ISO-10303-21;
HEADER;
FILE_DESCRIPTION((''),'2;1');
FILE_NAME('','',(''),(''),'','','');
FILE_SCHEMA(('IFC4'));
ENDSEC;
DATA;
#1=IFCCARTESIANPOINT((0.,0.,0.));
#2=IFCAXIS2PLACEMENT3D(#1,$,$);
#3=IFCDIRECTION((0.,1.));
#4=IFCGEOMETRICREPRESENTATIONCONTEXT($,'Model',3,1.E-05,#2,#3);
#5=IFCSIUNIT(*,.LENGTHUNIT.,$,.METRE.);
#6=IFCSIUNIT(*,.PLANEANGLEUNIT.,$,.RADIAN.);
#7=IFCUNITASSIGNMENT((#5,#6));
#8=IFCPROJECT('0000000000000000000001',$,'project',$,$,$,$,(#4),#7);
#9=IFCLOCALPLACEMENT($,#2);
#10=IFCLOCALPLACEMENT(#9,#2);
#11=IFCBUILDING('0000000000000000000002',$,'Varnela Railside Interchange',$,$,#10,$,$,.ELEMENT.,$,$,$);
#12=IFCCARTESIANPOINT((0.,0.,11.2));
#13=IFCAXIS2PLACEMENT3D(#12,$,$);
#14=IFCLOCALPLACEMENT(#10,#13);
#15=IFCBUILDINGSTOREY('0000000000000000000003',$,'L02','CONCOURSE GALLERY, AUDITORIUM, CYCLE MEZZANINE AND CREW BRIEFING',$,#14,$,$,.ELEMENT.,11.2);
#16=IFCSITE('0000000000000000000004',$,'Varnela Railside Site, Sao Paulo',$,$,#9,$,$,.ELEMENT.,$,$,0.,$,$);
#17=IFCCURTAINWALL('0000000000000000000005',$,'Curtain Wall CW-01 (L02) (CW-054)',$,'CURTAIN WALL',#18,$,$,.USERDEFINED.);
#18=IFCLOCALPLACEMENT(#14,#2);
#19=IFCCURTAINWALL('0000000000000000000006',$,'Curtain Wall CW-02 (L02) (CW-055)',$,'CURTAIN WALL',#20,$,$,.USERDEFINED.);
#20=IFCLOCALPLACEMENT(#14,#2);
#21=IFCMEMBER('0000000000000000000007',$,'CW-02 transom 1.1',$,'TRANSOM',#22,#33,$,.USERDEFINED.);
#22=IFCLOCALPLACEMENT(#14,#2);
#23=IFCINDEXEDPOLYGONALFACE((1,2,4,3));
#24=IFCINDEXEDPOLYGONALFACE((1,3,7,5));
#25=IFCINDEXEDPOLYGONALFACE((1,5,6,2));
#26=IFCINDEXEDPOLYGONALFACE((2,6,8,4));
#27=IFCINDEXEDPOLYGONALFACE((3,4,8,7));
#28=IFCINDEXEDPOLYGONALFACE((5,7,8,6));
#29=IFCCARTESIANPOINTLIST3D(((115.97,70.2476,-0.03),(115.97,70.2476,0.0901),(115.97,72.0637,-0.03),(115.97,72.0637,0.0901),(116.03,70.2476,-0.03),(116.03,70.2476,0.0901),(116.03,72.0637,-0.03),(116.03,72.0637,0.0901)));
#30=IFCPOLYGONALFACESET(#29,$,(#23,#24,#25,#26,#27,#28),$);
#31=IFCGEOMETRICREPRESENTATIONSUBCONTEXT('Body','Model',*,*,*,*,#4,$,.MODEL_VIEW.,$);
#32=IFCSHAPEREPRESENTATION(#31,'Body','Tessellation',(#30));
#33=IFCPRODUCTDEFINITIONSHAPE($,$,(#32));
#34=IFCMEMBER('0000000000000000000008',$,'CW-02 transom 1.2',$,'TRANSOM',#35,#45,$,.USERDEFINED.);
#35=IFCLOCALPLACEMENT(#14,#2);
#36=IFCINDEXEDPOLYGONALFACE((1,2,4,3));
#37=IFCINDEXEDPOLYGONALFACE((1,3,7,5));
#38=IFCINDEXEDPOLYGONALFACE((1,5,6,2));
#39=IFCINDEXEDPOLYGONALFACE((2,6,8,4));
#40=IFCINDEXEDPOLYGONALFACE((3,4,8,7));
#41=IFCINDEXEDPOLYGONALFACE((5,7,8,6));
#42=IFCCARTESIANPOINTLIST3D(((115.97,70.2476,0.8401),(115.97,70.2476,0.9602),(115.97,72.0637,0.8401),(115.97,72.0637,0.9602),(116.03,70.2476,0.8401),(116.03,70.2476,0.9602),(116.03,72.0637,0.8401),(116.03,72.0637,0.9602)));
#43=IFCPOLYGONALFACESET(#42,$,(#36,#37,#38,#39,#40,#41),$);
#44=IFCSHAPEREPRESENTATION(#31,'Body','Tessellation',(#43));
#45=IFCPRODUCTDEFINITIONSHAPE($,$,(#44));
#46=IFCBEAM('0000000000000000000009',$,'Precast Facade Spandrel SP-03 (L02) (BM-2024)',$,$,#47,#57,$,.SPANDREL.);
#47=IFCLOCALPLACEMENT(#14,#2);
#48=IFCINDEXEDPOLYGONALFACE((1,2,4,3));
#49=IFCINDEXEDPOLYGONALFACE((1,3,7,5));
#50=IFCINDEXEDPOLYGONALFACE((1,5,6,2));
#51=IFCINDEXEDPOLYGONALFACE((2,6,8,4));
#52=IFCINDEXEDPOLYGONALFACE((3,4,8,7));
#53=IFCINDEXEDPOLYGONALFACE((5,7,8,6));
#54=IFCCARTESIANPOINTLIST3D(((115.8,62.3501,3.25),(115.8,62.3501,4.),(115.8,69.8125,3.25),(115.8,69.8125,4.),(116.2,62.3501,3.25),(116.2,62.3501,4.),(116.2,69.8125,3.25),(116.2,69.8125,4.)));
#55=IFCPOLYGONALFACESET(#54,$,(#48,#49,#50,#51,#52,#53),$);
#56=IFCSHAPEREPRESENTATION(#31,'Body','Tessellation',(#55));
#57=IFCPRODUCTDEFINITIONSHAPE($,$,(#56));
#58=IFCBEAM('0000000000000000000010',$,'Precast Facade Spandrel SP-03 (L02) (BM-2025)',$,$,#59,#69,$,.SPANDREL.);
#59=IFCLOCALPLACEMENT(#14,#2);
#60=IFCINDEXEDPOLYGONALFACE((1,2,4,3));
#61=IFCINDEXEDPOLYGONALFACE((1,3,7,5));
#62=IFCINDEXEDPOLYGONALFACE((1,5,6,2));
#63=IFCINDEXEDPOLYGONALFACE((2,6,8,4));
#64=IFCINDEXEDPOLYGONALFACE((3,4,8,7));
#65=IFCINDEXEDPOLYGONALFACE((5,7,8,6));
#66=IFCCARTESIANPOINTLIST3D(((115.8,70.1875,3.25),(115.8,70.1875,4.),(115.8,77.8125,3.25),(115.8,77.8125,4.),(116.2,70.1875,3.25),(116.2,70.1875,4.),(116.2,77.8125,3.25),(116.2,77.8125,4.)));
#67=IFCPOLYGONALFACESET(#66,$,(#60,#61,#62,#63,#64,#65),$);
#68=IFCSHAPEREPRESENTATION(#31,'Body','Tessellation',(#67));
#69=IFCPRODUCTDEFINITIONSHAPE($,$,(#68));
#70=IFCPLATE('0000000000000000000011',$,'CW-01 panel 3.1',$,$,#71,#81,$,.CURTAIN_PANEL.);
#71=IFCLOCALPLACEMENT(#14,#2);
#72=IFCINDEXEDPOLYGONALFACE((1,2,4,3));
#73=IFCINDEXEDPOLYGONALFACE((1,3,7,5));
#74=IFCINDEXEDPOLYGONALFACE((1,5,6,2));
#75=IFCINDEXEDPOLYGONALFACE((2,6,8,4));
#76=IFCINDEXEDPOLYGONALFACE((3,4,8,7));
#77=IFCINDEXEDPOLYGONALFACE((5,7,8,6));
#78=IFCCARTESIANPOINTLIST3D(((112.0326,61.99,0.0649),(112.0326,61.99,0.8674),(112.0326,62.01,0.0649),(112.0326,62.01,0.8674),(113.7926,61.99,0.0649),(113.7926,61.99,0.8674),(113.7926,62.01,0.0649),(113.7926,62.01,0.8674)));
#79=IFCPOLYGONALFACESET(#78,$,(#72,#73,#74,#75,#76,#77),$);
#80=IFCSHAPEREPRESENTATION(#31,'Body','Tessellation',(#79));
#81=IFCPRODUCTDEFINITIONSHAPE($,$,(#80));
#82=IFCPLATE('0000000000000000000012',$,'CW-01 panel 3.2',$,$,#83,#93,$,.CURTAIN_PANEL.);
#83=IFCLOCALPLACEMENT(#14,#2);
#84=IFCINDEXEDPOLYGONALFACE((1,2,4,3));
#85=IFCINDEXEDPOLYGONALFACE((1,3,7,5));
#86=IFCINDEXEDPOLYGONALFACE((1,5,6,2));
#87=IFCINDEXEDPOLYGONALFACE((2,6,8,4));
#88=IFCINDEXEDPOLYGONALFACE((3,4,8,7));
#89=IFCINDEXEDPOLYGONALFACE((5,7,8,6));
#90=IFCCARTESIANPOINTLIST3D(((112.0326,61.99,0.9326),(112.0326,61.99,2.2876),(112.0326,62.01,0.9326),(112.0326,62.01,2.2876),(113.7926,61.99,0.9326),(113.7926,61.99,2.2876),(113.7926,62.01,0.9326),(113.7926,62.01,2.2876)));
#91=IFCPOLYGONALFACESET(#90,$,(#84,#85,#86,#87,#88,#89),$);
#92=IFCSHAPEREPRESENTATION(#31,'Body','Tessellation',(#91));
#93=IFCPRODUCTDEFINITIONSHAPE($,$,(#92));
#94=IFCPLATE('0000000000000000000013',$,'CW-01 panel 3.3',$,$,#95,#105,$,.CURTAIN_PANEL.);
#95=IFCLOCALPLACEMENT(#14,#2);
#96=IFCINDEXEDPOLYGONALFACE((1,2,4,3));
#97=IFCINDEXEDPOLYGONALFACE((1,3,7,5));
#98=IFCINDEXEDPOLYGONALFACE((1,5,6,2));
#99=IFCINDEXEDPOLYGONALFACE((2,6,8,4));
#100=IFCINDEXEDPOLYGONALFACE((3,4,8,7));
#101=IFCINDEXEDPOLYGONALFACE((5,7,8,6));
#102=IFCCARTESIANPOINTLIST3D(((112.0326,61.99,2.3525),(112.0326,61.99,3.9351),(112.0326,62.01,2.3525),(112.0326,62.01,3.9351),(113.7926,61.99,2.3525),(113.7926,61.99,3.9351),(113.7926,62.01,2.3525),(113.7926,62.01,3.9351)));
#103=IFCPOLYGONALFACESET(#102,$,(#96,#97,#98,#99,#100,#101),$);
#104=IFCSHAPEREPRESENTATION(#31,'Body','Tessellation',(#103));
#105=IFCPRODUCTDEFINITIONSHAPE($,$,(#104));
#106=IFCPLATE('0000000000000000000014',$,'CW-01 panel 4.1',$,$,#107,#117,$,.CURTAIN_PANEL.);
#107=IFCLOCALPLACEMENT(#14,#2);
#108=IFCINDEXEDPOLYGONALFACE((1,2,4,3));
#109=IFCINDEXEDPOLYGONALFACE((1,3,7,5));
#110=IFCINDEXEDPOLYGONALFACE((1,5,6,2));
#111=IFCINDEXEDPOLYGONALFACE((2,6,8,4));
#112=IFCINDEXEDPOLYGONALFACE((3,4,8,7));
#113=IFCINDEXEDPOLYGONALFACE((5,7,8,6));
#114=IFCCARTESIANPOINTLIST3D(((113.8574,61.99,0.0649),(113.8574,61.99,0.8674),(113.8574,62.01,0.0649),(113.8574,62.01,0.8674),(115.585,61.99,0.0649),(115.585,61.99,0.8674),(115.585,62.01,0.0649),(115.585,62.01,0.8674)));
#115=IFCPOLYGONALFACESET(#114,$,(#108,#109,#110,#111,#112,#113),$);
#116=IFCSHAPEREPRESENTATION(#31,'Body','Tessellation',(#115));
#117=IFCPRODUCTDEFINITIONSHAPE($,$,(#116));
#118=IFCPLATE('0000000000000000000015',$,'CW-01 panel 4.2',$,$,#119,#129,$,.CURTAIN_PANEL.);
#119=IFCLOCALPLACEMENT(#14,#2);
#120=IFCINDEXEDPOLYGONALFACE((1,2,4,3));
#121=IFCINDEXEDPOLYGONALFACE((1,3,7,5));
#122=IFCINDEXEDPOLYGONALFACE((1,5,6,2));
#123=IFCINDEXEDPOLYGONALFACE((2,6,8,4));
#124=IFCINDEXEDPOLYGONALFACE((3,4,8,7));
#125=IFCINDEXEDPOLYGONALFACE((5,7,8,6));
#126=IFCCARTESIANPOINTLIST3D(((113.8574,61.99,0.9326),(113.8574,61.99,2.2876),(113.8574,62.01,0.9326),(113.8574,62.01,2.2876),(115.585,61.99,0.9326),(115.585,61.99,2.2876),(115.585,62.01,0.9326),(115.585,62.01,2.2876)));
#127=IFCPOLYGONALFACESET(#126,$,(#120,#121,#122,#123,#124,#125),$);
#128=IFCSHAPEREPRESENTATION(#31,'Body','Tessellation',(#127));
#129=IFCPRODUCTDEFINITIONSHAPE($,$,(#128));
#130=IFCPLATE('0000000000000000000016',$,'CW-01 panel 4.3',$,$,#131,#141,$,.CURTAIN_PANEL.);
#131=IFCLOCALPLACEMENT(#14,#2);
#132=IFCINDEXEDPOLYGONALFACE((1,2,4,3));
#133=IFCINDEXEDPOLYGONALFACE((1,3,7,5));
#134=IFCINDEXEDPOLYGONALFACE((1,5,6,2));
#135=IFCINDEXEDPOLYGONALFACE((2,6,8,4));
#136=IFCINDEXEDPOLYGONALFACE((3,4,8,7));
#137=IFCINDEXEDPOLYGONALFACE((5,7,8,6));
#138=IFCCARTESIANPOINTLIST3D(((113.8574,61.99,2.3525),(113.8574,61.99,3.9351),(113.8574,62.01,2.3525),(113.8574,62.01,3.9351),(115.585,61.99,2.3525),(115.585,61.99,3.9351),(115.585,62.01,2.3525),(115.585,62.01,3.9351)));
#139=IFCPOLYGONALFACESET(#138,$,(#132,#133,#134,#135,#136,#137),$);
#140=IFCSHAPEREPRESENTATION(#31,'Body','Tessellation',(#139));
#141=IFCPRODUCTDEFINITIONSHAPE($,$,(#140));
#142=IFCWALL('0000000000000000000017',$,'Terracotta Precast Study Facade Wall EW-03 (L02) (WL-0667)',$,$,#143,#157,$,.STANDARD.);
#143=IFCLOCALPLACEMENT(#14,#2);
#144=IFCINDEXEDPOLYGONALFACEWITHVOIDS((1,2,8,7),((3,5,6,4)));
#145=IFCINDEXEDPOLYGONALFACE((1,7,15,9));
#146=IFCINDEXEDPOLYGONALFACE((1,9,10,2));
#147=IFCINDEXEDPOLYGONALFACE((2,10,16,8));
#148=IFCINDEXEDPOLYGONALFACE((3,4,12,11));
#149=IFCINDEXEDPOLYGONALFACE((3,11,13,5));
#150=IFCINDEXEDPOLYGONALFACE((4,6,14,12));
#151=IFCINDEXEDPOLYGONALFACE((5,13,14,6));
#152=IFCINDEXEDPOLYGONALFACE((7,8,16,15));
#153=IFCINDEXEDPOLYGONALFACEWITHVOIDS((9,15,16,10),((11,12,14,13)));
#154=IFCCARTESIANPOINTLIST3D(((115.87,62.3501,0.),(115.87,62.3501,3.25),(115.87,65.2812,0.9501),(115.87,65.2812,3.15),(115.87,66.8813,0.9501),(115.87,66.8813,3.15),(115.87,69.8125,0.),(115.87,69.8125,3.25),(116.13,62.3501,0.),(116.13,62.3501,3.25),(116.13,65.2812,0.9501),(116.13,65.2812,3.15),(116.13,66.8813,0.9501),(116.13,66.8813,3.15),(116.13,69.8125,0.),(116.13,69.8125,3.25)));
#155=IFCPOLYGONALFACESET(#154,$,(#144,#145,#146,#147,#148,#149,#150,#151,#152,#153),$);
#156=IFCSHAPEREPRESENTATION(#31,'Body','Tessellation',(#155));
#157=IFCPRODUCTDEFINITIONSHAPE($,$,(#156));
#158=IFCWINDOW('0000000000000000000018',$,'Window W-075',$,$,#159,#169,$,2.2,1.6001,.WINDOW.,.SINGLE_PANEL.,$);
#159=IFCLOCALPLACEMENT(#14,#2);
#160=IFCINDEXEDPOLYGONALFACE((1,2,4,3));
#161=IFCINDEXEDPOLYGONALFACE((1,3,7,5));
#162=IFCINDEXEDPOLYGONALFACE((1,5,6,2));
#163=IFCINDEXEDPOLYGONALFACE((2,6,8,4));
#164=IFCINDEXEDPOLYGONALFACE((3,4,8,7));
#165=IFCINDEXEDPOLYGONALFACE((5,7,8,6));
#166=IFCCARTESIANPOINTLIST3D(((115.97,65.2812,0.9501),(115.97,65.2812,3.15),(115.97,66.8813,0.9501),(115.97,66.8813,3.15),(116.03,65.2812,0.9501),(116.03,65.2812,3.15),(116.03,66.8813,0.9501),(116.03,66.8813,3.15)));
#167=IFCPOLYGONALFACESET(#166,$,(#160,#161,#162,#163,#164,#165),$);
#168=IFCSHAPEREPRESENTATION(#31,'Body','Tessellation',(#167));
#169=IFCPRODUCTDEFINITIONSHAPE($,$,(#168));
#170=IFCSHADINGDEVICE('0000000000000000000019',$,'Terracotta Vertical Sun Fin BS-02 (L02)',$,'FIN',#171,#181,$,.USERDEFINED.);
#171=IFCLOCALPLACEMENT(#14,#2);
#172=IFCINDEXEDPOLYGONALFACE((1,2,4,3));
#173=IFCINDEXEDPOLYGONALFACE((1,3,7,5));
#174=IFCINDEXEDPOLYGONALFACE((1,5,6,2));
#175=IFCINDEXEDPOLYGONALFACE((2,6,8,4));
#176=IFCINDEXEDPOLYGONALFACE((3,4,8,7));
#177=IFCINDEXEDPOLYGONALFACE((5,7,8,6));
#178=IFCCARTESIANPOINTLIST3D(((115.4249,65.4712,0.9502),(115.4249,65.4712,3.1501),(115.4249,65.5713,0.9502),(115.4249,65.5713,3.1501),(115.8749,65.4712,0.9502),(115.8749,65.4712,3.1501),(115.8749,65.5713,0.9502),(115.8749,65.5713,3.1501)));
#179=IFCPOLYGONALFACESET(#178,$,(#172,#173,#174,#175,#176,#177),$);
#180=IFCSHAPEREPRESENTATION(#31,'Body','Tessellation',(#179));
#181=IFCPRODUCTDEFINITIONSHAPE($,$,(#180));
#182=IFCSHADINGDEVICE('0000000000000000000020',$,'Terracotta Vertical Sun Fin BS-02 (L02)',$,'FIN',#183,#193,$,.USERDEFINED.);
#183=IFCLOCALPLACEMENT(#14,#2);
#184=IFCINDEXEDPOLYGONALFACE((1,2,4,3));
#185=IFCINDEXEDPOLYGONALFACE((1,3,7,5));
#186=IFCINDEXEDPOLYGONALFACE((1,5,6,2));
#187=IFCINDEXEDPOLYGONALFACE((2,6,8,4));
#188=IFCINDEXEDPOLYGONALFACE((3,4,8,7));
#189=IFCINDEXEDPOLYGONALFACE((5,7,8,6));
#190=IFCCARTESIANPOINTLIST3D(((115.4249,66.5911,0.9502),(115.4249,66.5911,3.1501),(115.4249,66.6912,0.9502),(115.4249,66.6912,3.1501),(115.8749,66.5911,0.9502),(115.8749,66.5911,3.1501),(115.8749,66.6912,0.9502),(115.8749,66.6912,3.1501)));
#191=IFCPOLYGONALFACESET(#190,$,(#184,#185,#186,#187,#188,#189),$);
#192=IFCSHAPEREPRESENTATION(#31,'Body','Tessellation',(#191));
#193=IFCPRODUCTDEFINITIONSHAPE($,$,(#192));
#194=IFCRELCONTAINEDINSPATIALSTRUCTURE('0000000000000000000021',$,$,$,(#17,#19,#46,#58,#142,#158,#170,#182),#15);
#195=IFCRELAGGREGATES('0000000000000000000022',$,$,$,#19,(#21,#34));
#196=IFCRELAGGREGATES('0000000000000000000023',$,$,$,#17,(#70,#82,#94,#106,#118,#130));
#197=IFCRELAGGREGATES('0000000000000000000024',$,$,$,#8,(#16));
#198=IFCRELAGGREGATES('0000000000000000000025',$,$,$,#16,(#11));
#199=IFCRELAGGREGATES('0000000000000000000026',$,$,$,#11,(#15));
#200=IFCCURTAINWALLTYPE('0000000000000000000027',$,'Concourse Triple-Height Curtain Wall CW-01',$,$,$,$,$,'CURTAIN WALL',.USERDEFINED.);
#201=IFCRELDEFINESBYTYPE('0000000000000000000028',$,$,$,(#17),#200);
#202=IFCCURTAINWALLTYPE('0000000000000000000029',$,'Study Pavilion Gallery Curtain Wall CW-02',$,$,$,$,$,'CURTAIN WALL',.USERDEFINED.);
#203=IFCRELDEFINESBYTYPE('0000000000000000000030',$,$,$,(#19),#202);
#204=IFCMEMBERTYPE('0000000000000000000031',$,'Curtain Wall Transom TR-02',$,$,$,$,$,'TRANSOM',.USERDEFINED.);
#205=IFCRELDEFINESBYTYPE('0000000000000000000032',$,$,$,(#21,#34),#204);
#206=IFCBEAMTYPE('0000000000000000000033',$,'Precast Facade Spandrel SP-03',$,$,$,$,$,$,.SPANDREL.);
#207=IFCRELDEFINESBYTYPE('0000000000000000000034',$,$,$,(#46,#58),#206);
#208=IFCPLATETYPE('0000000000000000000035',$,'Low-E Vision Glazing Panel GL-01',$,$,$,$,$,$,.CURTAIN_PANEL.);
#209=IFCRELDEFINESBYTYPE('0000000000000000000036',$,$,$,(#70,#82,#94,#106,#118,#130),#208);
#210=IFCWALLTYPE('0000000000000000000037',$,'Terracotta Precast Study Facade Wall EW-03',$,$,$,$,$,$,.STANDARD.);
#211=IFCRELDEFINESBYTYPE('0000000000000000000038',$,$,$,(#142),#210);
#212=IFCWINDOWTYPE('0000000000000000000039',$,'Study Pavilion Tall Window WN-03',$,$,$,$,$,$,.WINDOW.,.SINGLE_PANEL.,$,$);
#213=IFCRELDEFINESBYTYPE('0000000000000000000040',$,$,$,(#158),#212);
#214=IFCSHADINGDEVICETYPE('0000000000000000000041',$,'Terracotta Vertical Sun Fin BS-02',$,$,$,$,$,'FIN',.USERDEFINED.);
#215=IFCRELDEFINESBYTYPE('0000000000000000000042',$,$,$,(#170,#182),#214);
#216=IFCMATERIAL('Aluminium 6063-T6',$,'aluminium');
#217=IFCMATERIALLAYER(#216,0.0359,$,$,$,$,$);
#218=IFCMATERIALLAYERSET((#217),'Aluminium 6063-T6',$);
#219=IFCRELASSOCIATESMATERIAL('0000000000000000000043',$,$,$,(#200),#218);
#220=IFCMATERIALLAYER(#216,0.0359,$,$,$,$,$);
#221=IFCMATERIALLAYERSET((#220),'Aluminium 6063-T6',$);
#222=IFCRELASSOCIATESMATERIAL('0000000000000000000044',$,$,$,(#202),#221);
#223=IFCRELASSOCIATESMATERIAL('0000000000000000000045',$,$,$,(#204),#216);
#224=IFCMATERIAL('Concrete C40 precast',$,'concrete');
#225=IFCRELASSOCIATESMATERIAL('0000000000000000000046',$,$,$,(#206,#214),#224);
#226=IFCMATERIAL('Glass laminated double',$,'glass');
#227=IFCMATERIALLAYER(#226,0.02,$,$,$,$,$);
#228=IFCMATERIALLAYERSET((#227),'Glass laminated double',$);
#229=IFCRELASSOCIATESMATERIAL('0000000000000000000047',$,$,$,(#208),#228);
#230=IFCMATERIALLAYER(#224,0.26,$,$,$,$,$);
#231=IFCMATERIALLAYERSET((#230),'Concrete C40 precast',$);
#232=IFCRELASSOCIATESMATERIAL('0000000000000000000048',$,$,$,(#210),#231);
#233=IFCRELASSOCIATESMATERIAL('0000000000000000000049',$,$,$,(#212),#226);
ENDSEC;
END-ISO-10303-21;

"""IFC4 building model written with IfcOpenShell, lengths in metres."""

from ifc_helpers import new_model, si_unit, direction, frame, frame_2d, origin, origin_2d, place, context, subcontext, project, spatial, rectangle, extrude, material, layer, layer_set, material_profile, profile_set, type_object, element, fill, aggregate, save


model = new_model("IFC4")

# Units and contexts
model_context = context("Model", 3, precision=1e-05, world=origin(), true_north=direction((0.0, 1.0)))
body_context = subcontext(model_context, "Body", "Model", "MODEL_VIEW")
ifc_project = project(units=[si_unit("LENGTHUNIT", "METRE"), si_unit("PLANEANGLEUNIT", "RADIAN")], contexts=[model_context])

# Site, building, storey
site_placement = place(None, origin())
site = spatial("IfcSite", under=ifc_project, at=site_placement, Name="Varnela Railside Site, Sao Paulo", CompositionType="ELEMENT", RefElevation=0.0)
building_placement = place(site_placement, origin())
building = spatial("IfcBuilding", under=site, at=building_placement, Name="Varnela Railside Interchange", CompositionType="ELEMENT")
storey_placement = place(building_placement, frame((0.0, 0.0, 11.2)))
storey = spatial("IfcBuildingStorey", under=building, at=storey_placement, Name="L02", Description="CONCOURSE GALLERY, AUDITORIUM, CYCLE MEZZANINE AND CREW BRIEFING", CompositionType="ELEMENT", Elevation=11.2)

# Curtain walls, members
ifc_material_1 = material(Name="Aluminium 6063-T6", Category="aluminium")
ifc_layer_1 = layer(ifc_material_1, 0.0359)
ifc_layer_set_1 = layer_set([ifc_layer_1], Name="Aluminium 6063-T6")
curtain_wall_type_1 = type_object("IfcCurtainWallType", Name="Concourse Triple-Height Curtain Wall CW-01", ElementType="CURTAIN WALL", PredefinedType="USERDEFINED", material=ifc_layer_set_1)
curtain_wall_1_placement = place(storey_placement, origin())
curtain_wall_1 = element("IfcCurtainWall", 1, at=curtain_wall_1_placement, inside=storey, type_object=curtain_wall_type_1, Name="Curtain Wall CW-01 (L02) (CW-054)", ObjectType="CURTAIN WALL", PredefinedType="USERDEFINED")
ifc_layer_2 = layer(ifc_material_1, 0.0359)
ifc_layer_set_2 = layer_set([ifc_layer_2], Name="Aluminium 6063-T6")
curtain_wall_type_2 = type_object("IfcCurtainWallType", Name="Study Pavilion Gallery Curtain Wall CW-02", ElementType="CURTAIN WALL", PredefinedType="USERDEFINED", material=ifc_layer_set_2)
curtain_wall_2_placement = place(storey_placement, origin())
curtain_wall_2 = element("IfcCurtainWall", 2, at=curtain_wall_2_placement, inside=storey, type_object=curtain_wall_type_2, Name="Curtain Wall CW-02 (L02) (CW-055)", ObjectType="CURTAIN WALL", PredefinedType="USERDEFINED")
ifc_material_profile_1 = material_profile(ifc_material_1, rectangle(XDim=0.0601, YDim=0.1201, at=origin_2d()), Name="ALU 60x120")
ifc_profile_set_1 = profile_set([ifc_material_profile_1], Name="Aluminium 6063-T6")
member_type_1 = type_object("IfcMemberType", Name="Curtain Wall Transom TR-02", ElementType="TRANSOM", PredefinedType="USERDEFINED", material=ifc_profile_set_1)
member_1_placement = place(storey_placement, frame((116.0, 70.2476, 0.03), z_axis=(0.0, 1.0, 0.0), x_axis=(-1.0, 0.0, 0.0)))
member_1 = element("IfcMember", 3, at=member_1_placement, type_object=member_type_1, Name="CW-02 transom 1.1", ObjectType="TRANSOM", PredefinedType="USERDEFINED", context=body_context, shape_type="SweptSolid", body=[
    extrude(rectangle(XDim=0.0601, YDim=0.1201, at=origin_2d()), origin(), (0.0, 0.0, 1.0), 1.8162),
])
member_2_placement = place(storey_placement, frame((116.0, 70.2476, 0.9001), z_axis=(0.0, 1.0, 0.0), x_axis=(-1.0, 0.0, 0.0)))
member_2 = element("IfcMember", 4, at=member_2_placement, type_object=member_type_1, Name="CW-02 transom 1.2", ObjectType="TRANSOM", PredefinedType="USERDEFINED", context=body_context, shape_type="SweptSolid", body=[
    extrude(rectangle(XDim=0.0601, YDim=0.1201, at=origin_2d()), origin(), (0.0, 0.0, 1.0), 1.8162),
])
aggregate(curtain_wall_2, [member_1, member_2])

# Beams
ifc_material_2 = material(Name="Concrete C40 precast", Category="concrete")
ifc_material_profile_2 = material_profile(ifc_material_2, rectangle(XDim=0.3999, YDim=0.75, at=origin_2d()), Name="PC 400x750")
ifc_profile_set_2 = profile_set([ifc_material_profile_2], Name="Concrete C40 precast")
beam_type = type_object("IfcBeamType", Name="Precast Facade Spandrel SP-03", PredefinedType="SPANDREL", material=ifc_profile_set_2)
beam_1_placement = place(storey_placement, frame((116.0, 62.3501, 3.625), z_axis=(0.0, 1.0, 0.0), x_axis=(-1.0, 0.0, 0.0)))
element("IfcBeam", 5, at=beam_1_placement, inside=storey, type_object=beam_type, Name="Precast Facade Spandrel SP-03 (L02) (BM-2024)", PredefinedType="SPANDREL", context=body_context, shape_type="SweptSolid", body=[
    extrude(rectangle(XDim=0.3999, YDim=0.75, at=origin_2d()), origin(), (0.0, 0.0, 1.0), 7.4624),
])
beam_2_placement = place(storey_placement, frame((116.0, 70.1875, 3.625), z_axis=(0.0, 1.0, 0.0), x_axis=(-1.0, 0.0, 0.0)))
element("IfcBeam", 6, at=beam_2_placement, inside=storey, type_object=beam_type, Name="Precast Facade Spandrel SP-03 (L02) (BM-2025)", PredefinedType="SPANDREL", context=body_context, shape_type="SweptSolid", body=[
    extrude(rectangle(XDim=0.3999, YDim=0.75, at=origin_2d()), origin(), (0.0, 0.0, 1.0), 7.625),
])

# Plates
ifc_material_3 = material(Name="Glass laminated double", Category="glass")
ifc_layer_3 = layer(ifc_material_3, 0.02)
ifc_layer_set_3 = layer_set([ifc_layer_3], Name="Glass laminated double")
plate_type = type_object("IfcPlateType", Name="Low-E Vision Glazing Panel GL-01", PredefinedType="CURTAIN_PANEL", material=ifc_layer_set_3)
plate_1_placement = place(storey_placement, frame((112.9126, 62.0, 0.0649), z_axis=(0.0, 0.0, 1.0), x_axis=(1.0, 0.0, 0.0)))
plate_1 = element("IfcPlate", 7, at=plate_1_placement, type_object=plate_type, Name="CW-01 panel 3.1", PredefinedType="CURTAIN_PANEL", context=body_context, shape_type="SweptSolid", body=[
    extrude(rectangle(XDim=1.76, YDim=0.02, at=origin_2d()), origin(), (0.0, 0.0, 1.0), 0.8025),
])
plate_2_placement = place(storey_placement, frame((112.9126, 62.0, 0.9326), z_axis=(0.0, 0.0, 1.0), x_axis=(1.0, 0.0, 0.0)))
plate_2 = element("IfcPlate", 8, at=plate_2_placement, type_object=plate_type, Name="CW-01 panel 3.2", PredefinedType="CURTAIN_PANEL", context=body_context, shape_type="SweptSolid", body=[
    extrude(rectangle(XDim=1.76, YDim=0.02, at=origin_2d()), origin(), (0.0, 0.0, 1.0), 1.355),
])
plate_3_placement = place(storey_placement, frame((112.9126, 62.0, 2.3525), z_axis=(0.0, 0.0, 1.0), x_axis=(1.0, 0.0, 0.0)))
plate_3 = element("IfcPlate", 9, at=plate_3_placement, type_object=plate_type, Name="CW-01 panel 3.3", PredefinedType="CURTAIN_PANEL", context=body_context, shape_type="SweptSolid", body=[
    extrude(rectangle(XDim=1.76, YDim=0.02, at=origin_2d()), origin(), (0.0, 0.0, 1.0), 1.5825),
])
plate_4_placement = place(storey_placement, frame((114.7212, 62.0, 0.0649), z_axis=(0.0, 0.0, 1.0), x_axis=(1.0, 0.0, 0.0)))
plate_4 = element("IfcPlate", 10, at=plate_4_placement, type_object=plate_type, Name="CW-01 panel 4.1", PredefinedType="CURTAIN_PANEL", context=body_context, shape_type="SweptSolid", body=[
    extrude(rectangle(XDim=1.7275, YDim=0.02, at=origin_2d()), origin(), (0.0, 0.0, 1.0), 0.8025),
])
plate_5_placement = place(storey_placement, frame((114.7212, 62.0, 0.9326), z_axis=(0.0, 0.0, 1.0), x_axis=(1.0, 0.0, 0.0)))
plate_5 = element("IfcPlate", 11, at=plate_5_placement, type_object=plate_type, Name="CW-01 panel 4.2", PredefinedType="CURTAIN_PANEL", context=body_context, shape_type="SweptSolid", body=[
    extrude(rectangle(XDim=1.7275, YDim=0.02, at=origin_2d()), origin(), (0.0, 0.0, 1.0), 1.355),
])
plate_6_placement = place(storey_placement, frame((114.7212, 62.0, 2.3525), z_axis=(0.0, 0.0, 1.0), x_axis=(1.0, 0.0, 0.0)))
plate_6 = element("IfcPlate", 12, at=plate_6_placement, type_object=plate_type, Name="CW-01 panel 4.3", PredefinedType="CURTAIN_PANEL", context=body_context, shape_type="SweptSolid", body=[
    extrude(rectangle(XDim=1.7275, YDim=0.02, at=origin_2d()), origin(), (0.0, 0.0, 1.0), 1.5825),
])
aggregate(curtain_wall_1, [plate_1, plate_2, plate_3, plate_4, plate_5, plate_6])

# Wall, opening, window
ifc_layer_4 = layer(ifc_material_2, 0.26)
ifc_layer_set_4 = layer_set([ifc_layer_4], Name="Concrete C40 precast")
wall_type = type_object("IfcWallType", Name="Terracotta Precast Study Facade Wall EW-03", PredefinedType="STANDARD", material=ifc_layer_set_4)
wall_placement = place(storey_placement, frame((116.0, 62.3501, 0.0), z_axis=(0.0, 0.0, 1.0), x_axis=(0.0, 1.0, 0.0)))
wall = element("IfcWall", 13, at=wall_placement, inside=storey, type_object=wall_type, Name="Terracotta Precast Study Facade Wall EW-03 (L02) (WL-0667)", PredefinedType="STANDARD", context=body_context, shape_type="SweptSolid", body=[
    extrude(rectangle(XDim=7.4624, YDim=0.26, at=frame_2d((3.7312, 0.0))), origin(), (0.0, 0.0, 1.0), 3.25),
])
opening_placement = place(wall_placement, frame((2.9312, 0.0, 0.95)))
opening = element("IfcOpeningElement", 14, at=opening_placement, cuts=wall, PredefinedType="OPENING", context=body_context, shape_type="SweptSolid", body=[
    extrude(rectangle(XDim=1.6001, YDim=2.2, at=frame_2d((0.8, 1.1001))), frame((0.0, 0.1399, 0.0), z_axis=(0.0, -1.0, 0.0), x_axis=(1.0, 0.0, 0.0)), (0.0, 0.0, 1.0), 0.28),
])
window_type = type_object("IfcWindowType", Name="Study Pavilion Tall Window WN-03", PartitioningType="SINGLE_PANEL", PredefinedType="WINDOW", material=ifc_material_3)
window_placement = place(opening_placement, origin())
window = element("IfcWindow", 15, at=window_placement, inside=storey, type_object=window_type, Name="Window W-075", OverallHeight=2.2, OverallWidth=1.6001, PartitioningType="SINGLE_PANEL", PredefinedType="WINDOW", context=body_context, shape_type="SweptSolid", body=[
    extrude(rectangle(XDim=1.6001, YDim=2.2, at=frame_2d((0.8, 1.1001))), frame((0.0, 0.03, 0.0), z_axis=(0.0, -1.0, 0.0), x_axis=(1.0, 0.0, 0.0)), (0.0, 0.0, 1.0), 0.0601),
])
fill(opening, window)

# Shading devices
shading_device_type = type_object("IfcShadingDeviceType", Name="Terracotta Vertical Sun Fin BS-02", ElementType="FIN", PredefinedType="USERDEFINED", material=ifc_material_2)
for number, where, z_axis, x_axis, name in (
    (16, (115.6499, 65.5212, 0.9502), (0.0, 0.0, 1.0), (-1.0, 0.0, 0.0), "Terracotta Vertical Sun Fin BS-02 (L02)"),
    (17, (115.6499, 66.6411, 0.9502), (0.0, 0.0, 1.0), (-1.0, 0.0, 0.0), "Terracotta Vertical Sun Fin BS-02 (L02)"),
):
    element("IfcShadingDevice", number, at=place(storey_placement, frame(where, z_axis=z_axis, x_axis=x_axis)), inside=storey, type_object=shading_device_type, Name=name, ObjectType="FIN", PredefinedType="USERDEFINED", context=body_context, shape_type="SweptSolid", body=[
        extrude(rectangle(XDim=0.45, YDim=0.1001, at=origin_2d()), origin(), (0.0, 0.0, 1.0), 2.2),
    ])

save(model, "model.ifc")
